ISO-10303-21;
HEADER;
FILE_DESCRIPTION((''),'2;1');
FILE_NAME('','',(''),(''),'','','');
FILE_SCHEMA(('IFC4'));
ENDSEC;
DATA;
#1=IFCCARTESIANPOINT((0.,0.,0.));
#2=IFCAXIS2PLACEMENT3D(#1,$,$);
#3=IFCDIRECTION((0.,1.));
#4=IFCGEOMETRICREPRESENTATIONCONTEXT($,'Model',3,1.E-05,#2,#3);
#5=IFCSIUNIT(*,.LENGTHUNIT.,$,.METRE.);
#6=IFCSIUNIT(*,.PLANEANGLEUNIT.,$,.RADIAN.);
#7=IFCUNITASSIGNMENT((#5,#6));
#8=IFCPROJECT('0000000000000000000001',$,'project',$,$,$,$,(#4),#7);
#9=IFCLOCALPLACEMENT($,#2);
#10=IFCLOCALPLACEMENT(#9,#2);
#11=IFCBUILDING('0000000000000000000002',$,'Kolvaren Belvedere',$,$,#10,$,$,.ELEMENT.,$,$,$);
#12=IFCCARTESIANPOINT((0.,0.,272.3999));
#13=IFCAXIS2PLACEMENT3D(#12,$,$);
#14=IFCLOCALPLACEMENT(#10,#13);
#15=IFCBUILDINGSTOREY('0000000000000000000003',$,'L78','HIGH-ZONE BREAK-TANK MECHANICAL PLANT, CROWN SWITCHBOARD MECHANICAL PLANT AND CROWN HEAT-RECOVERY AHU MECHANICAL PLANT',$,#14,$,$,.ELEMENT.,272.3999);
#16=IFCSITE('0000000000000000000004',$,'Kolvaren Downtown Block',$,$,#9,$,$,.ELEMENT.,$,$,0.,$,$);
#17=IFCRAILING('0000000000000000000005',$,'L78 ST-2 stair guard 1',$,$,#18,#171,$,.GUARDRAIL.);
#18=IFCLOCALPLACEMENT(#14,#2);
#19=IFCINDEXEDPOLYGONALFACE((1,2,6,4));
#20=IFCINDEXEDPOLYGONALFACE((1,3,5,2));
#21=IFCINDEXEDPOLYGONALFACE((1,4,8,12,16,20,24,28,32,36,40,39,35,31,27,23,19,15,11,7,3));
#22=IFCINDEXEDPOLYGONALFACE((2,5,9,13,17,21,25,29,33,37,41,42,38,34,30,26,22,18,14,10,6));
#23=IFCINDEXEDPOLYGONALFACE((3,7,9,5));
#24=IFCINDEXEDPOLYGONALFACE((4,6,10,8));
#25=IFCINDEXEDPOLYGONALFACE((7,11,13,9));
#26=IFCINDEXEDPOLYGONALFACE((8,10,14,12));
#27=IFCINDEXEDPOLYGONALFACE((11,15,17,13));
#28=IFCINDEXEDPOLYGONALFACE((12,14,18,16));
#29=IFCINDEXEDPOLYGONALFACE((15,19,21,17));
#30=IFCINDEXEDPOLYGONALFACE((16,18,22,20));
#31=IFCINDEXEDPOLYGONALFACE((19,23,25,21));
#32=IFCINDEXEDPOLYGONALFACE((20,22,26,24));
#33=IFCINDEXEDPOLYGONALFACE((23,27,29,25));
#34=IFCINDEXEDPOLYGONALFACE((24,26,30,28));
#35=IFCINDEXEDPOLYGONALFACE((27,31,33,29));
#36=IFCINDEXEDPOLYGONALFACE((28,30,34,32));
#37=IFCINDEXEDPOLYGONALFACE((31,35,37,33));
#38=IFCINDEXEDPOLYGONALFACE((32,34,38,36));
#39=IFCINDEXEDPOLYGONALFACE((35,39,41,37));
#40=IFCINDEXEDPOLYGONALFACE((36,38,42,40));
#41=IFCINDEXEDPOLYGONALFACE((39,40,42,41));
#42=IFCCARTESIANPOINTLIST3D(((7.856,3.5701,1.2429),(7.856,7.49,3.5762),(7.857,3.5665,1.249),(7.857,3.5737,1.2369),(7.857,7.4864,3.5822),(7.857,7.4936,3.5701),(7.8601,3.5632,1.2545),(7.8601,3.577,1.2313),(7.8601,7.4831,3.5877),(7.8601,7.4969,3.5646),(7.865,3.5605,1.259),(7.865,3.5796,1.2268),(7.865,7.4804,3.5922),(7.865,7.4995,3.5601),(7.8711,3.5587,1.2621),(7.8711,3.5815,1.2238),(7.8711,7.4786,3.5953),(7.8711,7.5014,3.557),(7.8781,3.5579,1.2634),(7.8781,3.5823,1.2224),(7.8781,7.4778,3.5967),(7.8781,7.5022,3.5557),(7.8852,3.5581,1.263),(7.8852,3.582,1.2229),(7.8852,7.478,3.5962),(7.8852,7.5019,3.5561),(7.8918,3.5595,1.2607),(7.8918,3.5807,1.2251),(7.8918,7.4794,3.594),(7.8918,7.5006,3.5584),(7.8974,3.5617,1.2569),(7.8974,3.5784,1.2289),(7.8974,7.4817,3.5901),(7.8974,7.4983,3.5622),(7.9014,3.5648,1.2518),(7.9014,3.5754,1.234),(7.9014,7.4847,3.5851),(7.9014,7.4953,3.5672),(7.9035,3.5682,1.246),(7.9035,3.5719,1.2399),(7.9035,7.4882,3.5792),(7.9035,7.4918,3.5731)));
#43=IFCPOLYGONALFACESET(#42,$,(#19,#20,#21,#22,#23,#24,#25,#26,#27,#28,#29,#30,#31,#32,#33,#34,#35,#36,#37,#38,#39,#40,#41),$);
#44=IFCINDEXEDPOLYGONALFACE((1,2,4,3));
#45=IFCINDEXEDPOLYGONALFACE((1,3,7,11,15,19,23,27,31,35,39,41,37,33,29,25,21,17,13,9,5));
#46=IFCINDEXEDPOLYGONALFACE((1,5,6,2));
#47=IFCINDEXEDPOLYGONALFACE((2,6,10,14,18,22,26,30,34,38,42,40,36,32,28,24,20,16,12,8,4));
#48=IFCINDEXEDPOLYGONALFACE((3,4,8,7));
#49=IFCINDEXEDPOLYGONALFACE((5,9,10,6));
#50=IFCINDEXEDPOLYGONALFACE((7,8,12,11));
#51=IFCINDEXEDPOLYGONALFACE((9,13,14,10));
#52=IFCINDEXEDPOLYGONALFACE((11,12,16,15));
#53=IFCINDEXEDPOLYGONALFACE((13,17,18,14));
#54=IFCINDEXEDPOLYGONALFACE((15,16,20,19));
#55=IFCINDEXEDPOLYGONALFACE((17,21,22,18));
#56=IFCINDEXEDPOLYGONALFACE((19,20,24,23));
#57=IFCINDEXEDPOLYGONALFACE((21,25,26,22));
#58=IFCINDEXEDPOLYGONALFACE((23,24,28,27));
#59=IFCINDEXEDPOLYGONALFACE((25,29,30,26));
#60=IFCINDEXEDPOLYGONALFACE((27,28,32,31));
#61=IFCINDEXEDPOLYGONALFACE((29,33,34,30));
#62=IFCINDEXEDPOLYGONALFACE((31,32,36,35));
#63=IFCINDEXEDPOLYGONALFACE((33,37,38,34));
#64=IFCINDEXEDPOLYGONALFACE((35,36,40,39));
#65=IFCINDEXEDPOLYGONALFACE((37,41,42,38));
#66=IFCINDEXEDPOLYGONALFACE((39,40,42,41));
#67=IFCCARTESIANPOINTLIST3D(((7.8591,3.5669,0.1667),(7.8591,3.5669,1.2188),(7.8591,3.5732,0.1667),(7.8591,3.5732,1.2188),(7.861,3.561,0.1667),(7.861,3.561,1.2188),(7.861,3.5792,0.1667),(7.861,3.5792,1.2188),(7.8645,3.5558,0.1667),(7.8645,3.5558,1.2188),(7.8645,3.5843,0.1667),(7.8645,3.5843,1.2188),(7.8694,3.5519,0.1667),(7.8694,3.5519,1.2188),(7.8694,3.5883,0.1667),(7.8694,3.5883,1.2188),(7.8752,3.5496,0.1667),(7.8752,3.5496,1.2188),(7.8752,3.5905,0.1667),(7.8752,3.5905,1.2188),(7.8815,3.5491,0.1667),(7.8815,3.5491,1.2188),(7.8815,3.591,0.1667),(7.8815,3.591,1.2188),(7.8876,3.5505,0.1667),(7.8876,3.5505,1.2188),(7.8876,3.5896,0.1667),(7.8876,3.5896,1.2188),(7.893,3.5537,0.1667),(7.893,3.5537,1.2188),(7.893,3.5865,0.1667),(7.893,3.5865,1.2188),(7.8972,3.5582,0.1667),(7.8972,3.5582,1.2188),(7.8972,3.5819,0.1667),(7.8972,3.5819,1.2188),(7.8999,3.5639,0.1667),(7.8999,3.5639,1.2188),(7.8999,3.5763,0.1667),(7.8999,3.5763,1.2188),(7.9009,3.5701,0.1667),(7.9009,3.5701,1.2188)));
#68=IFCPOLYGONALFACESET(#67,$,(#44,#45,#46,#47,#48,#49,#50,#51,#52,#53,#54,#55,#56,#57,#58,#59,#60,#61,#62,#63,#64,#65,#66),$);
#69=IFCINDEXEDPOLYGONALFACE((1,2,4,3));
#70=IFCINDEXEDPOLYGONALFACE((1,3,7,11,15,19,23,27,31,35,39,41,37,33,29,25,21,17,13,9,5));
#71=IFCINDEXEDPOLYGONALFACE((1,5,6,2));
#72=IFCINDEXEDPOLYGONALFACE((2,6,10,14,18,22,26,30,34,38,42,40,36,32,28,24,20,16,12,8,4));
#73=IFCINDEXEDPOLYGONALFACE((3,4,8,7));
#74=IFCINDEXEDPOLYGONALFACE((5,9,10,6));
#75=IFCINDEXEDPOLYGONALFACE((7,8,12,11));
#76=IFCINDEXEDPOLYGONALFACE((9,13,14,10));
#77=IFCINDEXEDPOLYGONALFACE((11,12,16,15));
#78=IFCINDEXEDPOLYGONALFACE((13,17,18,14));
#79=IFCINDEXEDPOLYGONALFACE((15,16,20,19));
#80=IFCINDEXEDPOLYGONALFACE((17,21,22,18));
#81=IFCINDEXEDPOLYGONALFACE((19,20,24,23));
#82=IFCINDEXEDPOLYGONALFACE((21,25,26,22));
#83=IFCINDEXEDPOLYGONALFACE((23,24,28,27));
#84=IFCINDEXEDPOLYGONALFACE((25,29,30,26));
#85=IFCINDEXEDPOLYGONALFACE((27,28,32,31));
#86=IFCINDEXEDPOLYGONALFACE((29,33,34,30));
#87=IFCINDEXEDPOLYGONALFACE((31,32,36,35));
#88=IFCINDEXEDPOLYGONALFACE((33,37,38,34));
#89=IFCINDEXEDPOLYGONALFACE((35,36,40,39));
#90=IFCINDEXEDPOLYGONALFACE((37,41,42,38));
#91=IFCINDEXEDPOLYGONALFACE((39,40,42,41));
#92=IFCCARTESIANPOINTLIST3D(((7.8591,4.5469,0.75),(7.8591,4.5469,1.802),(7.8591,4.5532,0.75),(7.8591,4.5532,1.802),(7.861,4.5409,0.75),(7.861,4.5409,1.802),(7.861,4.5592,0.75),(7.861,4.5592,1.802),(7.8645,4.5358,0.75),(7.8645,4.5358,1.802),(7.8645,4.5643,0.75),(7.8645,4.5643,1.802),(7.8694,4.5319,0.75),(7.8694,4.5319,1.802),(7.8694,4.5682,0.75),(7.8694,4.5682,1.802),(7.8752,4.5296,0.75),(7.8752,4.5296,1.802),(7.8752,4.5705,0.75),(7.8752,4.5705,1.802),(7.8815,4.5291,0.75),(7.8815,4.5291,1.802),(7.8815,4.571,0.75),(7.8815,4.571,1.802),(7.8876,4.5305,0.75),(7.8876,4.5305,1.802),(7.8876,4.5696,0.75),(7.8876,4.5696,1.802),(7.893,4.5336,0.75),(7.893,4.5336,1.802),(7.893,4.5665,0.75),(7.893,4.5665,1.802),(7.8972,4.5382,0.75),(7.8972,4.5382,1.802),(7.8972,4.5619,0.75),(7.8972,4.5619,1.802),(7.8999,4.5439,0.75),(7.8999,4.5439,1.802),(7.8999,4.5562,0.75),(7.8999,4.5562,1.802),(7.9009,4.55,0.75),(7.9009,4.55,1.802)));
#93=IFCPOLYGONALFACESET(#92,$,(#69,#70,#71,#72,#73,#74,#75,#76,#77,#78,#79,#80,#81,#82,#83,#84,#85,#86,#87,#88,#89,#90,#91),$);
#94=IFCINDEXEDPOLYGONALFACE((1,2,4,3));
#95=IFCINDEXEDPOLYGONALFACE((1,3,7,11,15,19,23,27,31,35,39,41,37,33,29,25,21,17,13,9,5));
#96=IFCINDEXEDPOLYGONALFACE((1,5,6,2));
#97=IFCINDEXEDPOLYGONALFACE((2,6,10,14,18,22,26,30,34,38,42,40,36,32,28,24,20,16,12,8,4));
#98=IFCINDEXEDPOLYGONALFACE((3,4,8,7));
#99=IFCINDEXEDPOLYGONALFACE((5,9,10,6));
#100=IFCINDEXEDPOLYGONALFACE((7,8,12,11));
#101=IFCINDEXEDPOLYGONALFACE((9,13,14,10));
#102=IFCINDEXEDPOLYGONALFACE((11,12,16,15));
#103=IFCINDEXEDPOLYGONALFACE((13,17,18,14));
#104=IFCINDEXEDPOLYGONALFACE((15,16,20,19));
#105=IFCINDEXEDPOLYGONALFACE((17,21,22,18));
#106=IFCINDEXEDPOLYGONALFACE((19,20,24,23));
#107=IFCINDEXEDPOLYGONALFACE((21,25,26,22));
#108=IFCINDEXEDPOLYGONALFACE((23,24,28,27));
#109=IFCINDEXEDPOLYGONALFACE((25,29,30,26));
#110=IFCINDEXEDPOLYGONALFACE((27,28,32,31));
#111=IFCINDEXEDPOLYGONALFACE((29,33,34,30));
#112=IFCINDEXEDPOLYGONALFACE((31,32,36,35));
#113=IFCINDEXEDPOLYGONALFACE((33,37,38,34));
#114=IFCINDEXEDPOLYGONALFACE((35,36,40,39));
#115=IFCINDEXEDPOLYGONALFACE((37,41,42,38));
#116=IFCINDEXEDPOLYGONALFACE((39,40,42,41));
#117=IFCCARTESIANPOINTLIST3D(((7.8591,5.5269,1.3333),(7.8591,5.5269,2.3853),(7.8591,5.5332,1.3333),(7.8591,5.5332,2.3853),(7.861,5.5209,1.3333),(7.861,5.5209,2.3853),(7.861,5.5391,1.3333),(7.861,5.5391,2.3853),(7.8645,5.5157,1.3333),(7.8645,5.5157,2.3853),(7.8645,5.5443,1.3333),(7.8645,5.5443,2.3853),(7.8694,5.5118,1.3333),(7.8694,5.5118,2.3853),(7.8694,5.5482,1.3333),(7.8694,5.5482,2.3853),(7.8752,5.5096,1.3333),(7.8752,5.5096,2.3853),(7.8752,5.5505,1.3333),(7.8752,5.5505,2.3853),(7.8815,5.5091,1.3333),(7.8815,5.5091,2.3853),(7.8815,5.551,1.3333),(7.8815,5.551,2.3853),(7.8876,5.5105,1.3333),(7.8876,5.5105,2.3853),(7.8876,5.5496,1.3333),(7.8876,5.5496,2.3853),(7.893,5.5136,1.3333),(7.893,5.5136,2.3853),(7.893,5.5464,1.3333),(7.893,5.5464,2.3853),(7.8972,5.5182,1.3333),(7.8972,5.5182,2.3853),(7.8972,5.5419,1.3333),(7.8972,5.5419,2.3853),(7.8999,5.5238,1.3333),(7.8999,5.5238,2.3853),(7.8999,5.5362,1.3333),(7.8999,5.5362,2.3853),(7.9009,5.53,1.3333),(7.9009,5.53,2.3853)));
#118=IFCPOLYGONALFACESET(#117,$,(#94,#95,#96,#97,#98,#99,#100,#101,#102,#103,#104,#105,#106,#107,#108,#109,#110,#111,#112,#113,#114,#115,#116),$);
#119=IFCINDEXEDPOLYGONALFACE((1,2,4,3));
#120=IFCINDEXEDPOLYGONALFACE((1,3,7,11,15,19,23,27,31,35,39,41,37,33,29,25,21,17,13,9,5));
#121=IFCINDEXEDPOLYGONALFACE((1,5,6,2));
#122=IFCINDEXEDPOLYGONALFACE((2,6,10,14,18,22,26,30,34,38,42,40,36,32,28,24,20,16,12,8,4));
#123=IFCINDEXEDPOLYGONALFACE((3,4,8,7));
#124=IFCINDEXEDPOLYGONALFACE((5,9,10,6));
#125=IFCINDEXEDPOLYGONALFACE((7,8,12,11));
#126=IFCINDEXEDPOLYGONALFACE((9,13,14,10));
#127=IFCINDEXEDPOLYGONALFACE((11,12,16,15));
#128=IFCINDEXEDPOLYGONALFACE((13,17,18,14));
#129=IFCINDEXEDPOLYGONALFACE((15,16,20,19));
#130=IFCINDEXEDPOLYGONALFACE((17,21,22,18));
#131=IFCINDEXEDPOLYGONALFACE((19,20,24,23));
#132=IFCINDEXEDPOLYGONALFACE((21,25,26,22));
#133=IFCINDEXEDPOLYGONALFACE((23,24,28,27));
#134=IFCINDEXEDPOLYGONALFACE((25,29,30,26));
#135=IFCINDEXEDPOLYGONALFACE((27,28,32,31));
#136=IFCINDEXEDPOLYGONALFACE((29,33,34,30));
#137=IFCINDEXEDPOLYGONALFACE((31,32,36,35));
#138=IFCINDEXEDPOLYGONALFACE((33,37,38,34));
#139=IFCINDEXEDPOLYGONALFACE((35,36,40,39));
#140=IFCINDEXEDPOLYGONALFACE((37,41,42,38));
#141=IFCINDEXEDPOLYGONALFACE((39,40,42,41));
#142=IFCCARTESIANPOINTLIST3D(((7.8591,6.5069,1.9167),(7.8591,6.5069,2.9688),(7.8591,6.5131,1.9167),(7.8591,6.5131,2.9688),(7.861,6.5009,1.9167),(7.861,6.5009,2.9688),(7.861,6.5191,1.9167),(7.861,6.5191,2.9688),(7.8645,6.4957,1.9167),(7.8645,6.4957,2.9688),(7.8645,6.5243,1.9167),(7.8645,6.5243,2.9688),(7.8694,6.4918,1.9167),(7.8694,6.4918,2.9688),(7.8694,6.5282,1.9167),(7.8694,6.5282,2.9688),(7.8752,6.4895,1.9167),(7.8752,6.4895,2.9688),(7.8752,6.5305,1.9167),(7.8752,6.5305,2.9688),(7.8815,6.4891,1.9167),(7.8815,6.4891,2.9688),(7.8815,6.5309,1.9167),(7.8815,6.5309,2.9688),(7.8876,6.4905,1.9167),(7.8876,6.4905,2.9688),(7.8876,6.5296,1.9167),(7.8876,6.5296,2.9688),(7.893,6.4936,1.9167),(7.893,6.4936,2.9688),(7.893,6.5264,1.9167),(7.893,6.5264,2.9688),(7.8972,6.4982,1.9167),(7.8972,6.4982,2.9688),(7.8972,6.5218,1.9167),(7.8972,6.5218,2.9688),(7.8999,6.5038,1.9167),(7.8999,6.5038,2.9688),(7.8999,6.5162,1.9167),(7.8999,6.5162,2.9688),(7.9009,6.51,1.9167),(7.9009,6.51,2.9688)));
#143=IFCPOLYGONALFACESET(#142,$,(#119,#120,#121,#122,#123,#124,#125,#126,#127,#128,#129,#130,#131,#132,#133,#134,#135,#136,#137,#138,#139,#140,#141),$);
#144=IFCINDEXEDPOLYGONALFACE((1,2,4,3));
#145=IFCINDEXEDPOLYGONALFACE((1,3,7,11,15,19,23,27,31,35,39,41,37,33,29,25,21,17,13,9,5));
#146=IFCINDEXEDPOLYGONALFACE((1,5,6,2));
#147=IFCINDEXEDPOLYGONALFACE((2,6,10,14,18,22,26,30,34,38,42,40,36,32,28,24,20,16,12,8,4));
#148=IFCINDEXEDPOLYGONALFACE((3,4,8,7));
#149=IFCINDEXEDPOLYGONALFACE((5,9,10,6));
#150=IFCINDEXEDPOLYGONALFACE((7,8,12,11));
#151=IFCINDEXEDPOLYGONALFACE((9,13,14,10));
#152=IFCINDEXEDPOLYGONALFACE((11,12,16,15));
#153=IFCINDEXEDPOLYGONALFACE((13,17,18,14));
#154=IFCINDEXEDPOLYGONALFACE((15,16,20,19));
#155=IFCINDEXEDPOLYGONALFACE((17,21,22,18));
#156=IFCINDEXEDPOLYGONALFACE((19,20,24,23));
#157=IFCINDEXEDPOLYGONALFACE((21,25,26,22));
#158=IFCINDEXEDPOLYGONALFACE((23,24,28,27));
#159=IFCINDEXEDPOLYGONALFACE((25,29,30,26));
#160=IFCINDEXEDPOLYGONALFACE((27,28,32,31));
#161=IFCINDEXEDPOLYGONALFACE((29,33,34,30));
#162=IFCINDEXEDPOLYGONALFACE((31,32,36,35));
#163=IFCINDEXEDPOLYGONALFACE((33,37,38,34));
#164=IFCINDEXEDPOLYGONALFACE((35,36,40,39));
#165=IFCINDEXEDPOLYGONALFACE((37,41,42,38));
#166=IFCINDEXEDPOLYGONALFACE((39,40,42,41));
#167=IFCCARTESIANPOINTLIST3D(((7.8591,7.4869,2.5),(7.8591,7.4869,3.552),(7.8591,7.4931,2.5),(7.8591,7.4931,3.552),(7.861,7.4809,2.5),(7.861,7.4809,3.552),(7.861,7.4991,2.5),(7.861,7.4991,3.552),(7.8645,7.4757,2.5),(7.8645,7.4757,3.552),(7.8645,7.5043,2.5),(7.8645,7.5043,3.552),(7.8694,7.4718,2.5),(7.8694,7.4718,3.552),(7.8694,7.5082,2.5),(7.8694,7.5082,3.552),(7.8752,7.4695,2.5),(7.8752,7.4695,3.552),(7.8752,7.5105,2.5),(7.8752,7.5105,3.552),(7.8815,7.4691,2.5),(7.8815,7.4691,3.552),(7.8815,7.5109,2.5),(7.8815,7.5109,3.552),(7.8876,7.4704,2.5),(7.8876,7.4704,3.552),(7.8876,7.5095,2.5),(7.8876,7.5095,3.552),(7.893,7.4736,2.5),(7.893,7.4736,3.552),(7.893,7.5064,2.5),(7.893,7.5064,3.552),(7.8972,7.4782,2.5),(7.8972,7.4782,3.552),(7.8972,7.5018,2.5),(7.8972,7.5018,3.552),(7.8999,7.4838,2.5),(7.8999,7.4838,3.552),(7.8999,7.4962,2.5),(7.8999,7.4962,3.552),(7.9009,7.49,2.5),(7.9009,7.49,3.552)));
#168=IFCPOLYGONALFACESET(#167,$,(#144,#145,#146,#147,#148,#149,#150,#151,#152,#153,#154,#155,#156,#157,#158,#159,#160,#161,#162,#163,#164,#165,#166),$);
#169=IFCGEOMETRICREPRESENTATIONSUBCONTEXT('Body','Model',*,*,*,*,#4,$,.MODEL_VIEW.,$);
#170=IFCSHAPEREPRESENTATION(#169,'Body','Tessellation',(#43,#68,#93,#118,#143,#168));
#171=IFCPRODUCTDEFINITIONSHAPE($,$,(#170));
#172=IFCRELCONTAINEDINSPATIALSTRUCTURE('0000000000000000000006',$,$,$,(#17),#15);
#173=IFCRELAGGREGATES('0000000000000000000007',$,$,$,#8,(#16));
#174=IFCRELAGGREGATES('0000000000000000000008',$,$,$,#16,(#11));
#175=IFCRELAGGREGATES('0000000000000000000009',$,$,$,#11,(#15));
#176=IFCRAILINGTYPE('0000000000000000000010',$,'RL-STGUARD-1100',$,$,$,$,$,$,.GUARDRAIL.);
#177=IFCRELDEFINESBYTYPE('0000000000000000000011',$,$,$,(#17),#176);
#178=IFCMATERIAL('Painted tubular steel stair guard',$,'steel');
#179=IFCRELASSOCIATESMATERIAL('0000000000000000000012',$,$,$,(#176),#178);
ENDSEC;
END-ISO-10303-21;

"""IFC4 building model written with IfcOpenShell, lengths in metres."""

from ifc_helpers import new_model, si_unit, direction, frame, origin, origin_2d, place, context, subcontext, project, spatial, circle, extrude, material, type_object, element, save


model = new_model("IFC4")

# Units and contexts
model_context = context("Model", 3, precision=1e-05, world=origin(), true_north=direction((0.0, 1.0)))
body_context = subcontext(model_context, "Body", "Model", "MODEL_VIEW")
ifc_project = project(units=[si_unit("LENGTHUNIT", "METRE"), si_unit("PLANEANGLEUNIT", "RADIAN")], contexts=[model_context])

# Site, building, storey
site_placement = place(None, origin())
site = spatial("IfcSite", under=ifc_project, at=site_placement, Name="Kolvaren Downtown Block", CompositionType="ELEMENT", RefElevation=0.0)
building_placement = place(site_placement, origin())
building = spatial("IfcBuilding", under=site, at=building_placement, Name="Kolvaren Belvedere", CompositionType="ELEMENT")
storey_placement = place(building_placement, frame((0.0, 0.0, 272.3999)))
storey = spatial("IfcBuildingStorey", under=building, at=storey_placement, Name="L78", Description="HIGH-ZONE BREAK-TANK MECHANICAL PLANT, CROWN SWITCHBOARD MECHANICAL PLANT AND CROWN HEAT-RECOVERY AHU MECHANICAL PLANT", CompositionType="ELEMENT", Elevation=272.3999)

# Railing
ifc_material_1 = material(Name="Painted tubular steel stair guard", Category="steel")
railing_type_1 = type_object("IfcRailingType", Name="RL-STGUARD-1100", PredefinedType="GUARDRAIL", material=ifc_material_1)
railing_1_placement = place(storey_placement, frame((7.8799, 3.5701, 0.1667)))
element("IfcRailing", 1, at=railing_1_placement, inside=storey, type_object=railing_type_1, Name="L78 ST-2 stair guard 1", PredefinedType="GUARDRAIL", context=body_context, shape_type="SweptSolid", body=[
    extrude(circle(Radius=0.0239, at=origin_2d()), frame((0.0, 0.0, 1.0762), z_axis=(0.0, 0.859296, 0.511478), x_axis=(-1.0, 0.0, 0.0)), (0.0, 0.0, 1.0), 4.5618),
    extrude(circle(Radius=0.021, at=origin_2d()), origin(), (0.0, 0.0, 1.0), 1.052),
    extrude(circle(Radius=0.021, at=origin_2d()), frame((0.0, 0.98, 0.5833)), (0.0, 0.0, 1.0), 1.052),
    extrude(circle(Radius=0.021, at=origin_2d()), frame((0.0, 1.96, 1.1665)), (0.0, 0.0, 1.0), 1.052),
    extrude(circle(Radius=0.021, at=origin_2d()), frame((0.0, 2.9399, 1.75)), (0.0, 0.0, 1.0), 1.052),
    extrude(circle(Radius=0.021, at=origin_2d()), frame((0.0, 3.9199, 2.3333)), (0.0, 0.0, 1.0), 1.052),
])

save(model, "model.ifc")
